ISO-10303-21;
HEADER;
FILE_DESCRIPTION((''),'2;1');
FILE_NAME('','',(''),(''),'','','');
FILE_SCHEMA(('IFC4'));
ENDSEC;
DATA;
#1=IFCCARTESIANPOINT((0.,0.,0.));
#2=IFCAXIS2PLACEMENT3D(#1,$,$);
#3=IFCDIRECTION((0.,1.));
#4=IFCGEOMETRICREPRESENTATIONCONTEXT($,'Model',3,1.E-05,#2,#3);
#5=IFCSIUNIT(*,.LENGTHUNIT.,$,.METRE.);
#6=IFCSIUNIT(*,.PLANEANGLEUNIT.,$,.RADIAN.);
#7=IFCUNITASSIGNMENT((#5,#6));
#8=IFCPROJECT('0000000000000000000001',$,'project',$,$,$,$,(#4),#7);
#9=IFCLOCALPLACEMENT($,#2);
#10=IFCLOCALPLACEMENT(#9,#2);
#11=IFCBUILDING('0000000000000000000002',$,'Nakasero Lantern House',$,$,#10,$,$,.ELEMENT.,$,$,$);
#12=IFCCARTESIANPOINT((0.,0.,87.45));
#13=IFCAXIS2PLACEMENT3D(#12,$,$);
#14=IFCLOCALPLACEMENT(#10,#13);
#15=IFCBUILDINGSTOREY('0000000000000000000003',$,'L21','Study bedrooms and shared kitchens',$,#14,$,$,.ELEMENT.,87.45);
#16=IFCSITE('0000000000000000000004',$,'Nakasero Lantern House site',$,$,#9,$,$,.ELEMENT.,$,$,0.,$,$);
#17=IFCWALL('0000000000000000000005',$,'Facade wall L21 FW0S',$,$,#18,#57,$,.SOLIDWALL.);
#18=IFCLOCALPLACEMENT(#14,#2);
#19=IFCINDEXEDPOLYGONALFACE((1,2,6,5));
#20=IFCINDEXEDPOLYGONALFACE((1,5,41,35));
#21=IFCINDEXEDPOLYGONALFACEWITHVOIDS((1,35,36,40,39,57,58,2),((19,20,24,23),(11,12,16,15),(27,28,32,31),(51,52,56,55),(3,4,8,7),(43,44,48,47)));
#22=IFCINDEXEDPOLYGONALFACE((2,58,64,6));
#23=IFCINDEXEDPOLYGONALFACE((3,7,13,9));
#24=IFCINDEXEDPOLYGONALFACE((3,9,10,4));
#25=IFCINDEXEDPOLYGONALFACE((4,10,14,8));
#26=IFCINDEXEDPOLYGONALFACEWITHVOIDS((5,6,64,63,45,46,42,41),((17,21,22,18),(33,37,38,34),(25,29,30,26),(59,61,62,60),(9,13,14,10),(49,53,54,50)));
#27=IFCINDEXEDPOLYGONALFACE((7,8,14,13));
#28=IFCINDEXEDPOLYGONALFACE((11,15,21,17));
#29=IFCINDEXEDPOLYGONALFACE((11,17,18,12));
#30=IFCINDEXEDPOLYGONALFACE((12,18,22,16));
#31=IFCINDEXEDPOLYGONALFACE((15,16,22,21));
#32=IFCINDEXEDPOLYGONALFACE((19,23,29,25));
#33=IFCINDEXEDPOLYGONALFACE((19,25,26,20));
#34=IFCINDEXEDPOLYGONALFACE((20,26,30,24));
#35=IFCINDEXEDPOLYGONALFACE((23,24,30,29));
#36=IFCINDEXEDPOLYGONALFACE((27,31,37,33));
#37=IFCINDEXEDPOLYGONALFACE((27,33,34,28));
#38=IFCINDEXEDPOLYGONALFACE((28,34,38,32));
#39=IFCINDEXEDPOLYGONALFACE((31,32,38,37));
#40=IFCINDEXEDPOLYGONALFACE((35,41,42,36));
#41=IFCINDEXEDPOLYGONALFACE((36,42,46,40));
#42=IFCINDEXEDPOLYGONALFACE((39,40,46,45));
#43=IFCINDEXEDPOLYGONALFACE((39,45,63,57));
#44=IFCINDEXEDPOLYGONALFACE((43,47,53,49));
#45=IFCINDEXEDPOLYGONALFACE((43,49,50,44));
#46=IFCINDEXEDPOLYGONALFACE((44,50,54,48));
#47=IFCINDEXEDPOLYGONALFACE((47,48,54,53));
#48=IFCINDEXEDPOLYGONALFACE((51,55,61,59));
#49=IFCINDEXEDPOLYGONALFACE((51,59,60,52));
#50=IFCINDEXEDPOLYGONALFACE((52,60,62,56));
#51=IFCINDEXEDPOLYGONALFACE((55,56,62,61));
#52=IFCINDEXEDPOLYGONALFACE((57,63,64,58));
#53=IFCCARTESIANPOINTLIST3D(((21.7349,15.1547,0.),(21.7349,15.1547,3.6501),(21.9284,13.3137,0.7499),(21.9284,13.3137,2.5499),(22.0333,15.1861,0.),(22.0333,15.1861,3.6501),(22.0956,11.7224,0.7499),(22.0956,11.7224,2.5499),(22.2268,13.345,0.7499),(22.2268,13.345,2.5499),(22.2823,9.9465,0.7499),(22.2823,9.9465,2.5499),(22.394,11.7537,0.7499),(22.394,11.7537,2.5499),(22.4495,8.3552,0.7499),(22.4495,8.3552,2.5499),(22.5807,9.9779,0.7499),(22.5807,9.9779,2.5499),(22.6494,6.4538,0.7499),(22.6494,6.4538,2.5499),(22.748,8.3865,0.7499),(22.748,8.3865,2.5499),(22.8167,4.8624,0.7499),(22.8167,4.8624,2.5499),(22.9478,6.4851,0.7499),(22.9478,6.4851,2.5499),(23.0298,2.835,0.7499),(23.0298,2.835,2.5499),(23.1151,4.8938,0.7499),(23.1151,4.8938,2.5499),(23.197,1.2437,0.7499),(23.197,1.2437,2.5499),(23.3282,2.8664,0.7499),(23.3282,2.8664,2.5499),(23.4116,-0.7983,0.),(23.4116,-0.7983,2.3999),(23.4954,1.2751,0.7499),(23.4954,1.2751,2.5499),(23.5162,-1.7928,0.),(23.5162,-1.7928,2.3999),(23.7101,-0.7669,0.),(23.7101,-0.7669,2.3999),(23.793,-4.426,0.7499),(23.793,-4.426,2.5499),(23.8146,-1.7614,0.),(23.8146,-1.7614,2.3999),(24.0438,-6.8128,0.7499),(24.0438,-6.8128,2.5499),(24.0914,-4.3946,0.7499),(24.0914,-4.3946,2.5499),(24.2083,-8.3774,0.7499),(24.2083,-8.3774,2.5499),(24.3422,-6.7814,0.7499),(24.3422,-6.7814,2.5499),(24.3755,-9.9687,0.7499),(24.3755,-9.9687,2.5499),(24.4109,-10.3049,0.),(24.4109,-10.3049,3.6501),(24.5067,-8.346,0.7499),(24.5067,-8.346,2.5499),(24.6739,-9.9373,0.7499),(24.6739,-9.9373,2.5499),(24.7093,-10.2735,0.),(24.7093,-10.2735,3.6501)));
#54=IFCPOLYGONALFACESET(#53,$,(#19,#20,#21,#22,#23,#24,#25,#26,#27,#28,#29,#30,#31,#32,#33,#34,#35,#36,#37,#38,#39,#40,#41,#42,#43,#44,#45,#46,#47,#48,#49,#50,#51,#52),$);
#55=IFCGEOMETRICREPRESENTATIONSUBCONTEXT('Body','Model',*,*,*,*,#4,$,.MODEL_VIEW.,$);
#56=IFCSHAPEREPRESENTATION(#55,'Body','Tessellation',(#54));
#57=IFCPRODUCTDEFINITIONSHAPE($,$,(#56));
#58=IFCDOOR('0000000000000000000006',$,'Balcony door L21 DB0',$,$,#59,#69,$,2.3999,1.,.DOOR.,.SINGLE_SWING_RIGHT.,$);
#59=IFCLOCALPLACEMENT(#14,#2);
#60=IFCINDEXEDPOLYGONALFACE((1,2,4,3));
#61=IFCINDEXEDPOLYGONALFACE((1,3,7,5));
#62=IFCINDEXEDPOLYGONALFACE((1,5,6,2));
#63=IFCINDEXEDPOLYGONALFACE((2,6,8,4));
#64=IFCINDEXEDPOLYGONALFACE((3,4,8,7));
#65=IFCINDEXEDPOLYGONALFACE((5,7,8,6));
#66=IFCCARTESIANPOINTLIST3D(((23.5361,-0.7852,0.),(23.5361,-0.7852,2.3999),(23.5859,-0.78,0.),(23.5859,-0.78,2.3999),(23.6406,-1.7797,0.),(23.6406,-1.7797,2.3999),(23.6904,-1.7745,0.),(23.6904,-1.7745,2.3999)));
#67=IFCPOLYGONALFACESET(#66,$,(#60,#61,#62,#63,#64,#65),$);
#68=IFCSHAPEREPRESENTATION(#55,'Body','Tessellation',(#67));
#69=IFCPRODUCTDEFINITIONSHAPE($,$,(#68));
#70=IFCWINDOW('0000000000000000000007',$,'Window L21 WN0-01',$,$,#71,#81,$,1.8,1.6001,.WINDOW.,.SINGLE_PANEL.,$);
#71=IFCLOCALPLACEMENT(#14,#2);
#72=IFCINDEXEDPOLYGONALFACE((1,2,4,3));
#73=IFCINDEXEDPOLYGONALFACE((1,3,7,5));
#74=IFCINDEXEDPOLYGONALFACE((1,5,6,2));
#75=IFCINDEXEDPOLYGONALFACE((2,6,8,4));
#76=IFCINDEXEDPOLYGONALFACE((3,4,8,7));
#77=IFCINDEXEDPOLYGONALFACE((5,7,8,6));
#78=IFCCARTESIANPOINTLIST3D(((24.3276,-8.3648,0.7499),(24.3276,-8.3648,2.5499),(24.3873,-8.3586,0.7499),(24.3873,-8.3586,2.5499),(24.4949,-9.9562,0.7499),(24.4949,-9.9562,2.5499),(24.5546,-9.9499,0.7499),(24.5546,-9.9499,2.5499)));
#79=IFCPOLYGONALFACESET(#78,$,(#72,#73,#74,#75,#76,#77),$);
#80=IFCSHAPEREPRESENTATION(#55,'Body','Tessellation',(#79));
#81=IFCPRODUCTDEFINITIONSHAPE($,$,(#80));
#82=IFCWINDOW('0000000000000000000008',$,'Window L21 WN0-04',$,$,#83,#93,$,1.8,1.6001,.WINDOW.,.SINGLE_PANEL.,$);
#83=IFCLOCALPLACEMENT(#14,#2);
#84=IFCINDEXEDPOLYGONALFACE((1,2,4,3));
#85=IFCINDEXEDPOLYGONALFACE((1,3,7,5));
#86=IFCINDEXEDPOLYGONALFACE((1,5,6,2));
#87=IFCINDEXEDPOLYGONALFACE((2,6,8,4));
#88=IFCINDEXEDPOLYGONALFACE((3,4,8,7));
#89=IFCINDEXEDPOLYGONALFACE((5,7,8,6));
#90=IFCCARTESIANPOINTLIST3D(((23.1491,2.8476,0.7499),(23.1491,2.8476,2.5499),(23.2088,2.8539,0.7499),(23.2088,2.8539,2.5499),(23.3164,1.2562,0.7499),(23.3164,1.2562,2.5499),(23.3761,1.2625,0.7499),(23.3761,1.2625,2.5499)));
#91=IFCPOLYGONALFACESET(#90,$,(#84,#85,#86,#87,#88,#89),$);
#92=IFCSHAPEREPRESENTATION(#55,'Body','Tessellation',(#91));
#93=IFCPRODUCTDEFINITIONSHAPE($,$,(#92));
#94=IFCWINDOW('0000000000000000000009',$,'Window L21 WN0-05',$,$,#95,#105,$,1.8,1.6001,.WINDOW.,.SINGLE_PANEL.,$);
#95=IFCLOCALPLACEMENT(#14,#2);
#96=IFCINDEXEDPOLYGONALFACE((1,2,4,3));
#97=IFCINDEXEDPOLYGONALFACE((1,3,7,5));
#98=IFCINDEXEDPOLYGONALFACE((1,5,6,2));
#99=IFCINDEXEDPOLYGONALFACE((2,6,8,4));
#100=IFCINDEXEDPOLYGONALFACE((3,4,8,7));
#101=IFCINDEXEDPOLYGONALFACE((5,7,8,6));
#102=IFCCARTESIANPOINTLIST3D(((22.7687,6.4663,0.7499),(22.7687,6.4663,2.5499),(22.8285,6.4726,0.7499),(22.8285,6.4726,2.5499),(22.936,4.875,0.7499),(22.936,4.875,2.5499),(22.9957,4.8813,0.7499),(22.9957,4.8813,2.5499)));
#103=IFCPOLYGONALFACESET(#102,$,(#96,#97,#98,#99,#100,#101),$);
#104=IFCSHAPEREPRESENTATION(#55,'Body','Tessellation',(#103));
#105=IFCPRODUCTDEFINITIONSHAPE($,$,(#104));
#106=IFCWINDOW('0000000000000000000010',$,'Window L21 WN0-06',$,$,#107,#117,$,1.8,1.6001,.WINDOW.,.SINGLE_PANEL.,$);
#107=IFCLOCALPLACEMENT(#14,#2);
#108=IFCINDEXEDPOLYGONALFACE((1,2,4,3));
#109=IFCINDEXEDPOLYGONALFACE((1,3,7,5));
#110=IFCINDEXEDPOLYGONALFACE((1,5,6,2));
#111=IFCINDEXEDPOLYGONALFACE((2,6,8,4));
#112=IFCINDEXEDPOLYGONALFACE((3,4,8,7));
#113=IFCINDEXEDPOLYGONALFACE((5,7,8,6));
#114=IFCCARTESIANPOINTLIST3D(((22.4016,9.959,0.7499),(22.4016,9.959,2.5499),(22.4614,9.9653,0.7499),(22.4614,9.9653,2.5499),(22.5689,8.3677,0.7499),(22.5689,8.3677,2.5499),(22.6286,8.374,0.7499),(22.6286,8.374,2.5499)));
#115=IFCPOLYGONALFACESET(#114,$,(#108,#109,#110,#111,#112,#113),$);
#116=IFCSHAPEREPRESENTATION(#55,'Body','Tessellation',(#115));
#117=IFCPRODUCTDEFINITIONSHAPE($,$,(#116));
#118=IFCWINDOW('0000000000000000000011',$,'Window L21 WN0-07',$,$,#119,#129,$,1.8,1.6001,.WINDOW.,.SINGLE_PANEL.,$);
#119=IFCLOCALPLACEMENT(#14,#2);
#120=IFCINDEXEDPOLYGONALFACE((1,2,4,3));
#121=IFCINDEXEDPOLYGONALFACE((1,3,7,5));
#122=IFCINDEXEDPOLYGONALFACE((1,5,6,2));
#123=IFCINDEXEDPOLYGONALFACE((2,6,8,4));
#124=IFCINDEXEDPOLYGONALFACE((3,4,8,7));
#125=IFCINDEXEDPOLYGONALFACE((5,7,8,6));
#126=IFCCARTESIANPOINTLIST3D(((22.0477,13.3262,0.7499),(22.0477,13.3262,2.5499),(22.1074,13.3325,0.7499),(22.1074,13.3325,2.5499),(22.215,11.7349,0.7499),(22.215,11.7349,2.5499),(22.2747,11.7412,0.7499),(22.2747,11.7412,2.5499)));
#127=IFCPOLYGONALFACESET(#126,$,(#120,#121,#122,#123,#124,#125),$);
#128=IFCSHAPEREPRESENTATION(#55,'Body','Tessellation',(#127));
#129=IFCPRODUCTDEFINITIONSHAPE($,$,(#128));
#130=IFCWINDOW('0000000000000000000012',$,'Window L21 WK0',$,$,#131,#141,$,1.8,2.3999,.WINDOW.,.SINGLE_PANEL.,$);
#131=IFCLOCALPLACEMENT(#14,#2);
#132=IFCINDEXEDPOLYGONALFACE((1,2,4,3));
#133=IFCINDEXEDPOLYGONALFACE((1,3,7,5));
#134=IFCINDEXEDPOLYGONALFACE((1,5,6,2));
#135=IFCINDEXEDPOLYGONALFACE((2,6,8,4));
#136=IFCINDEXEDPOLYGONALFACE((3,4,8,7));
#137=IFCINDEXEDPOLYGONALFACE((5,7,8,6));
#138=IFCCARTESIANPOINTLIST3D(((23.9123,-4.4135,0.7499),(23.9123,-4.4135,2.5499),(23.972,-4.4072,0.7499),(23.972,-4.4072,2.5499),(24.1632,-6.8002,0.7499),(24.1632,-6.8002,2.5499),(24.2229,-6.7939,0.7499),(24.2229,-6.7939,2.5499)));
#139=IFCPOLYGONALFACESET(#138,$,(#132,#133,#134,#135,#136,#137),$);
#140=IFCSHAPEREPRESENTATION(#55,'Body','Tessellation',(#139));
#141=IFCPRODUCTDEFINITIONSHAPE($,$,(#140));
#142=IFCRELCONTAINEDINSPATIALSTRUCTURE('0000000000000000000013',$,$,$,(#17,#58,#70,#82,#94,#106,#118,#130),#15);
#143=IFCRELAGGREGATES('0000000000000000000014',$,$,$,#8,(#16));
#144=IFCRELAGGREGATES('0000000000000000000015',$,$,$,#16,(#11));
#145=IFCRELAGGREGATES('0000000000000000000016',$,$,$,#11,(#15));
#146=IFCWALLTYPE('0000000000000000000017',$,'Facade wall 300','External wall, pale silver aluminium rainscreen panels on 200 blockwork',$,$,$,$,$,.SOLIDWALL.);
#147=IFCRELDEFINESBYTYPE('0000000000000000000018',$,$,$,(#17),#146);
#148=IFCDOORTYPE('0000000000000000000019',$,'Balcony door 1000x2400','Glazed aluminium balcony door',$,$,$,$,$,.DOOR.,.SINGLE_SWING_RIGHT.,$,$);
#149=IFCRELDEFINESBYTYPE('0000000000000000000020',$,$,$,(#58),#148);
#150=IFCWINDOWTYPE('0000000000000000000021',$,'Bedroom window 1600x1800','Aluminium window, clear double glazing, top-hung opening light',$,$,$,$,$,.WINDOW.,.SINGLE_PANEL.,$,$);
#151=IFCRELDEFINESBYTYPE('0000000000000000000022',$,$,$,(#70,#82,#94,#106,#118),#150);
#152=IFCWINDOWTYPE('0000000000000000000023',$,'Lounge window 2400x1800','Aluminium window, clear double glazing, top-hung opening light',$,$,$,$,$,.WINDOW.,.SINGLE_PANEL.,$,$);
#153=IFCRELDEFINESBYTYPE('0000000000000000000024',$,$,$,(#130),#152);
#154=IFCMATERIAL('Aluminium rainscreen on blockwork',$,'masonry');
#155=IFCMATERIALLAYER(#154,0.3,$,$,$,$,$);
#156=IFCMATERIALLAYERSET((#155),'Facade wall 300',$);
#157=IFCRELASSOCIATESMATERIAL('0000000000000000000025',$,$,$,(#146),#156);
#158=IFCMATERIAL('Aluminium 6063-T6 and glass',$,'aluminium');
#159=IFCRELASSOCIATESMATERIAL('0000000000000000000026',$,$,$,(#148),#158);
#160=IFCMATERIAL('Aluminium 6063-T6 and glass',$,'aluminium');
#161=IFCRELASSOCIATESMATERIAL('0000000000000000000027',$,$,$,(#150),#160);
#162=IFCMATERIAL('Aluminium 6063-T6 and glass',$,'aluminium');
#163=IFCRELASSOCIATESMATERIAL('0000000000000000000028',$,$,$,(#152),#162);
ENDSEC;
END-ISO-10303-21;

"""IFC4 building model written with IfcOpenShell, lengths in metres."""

from ifc_helpers import new_model, si_unit, direction, frame, frame_2d, origin, place, context, subcontext, project, spatial, rectangle, extrude, material, layer, layer_set, type_object, element, fill, save


model = new_model("IFC4")

# Units and contexts
model_context = context("Model", 3, precision=1e-05, world=origin(), true_north=direction((0.0, 1.0)))
body_context = subcontext(model_context, "Body", "Model", "MODEL_VIEW")
ifc_project = project(units=[si_unit("LENGTHUNIT", "METRE"), si_unit("PLANEANGLEUNIT", "RADIAN")], contexts=[model_context])

# Site, building, storey
site_placement = place(None, origin())
site = spatial("IfcSite", under=ifc_project, at=site_placement, Name="Nakasero Lantern House site", CompositionType="ELEMENT", RefElevation=0.0)
building_placement = place(site_placement, origin())
building = spatial("IfcBuilding", under=site, at=building_placement, Name="Nakasero Lantern House", CompositionType="ELEMENT")
storey_placement = place(building_placement, frame((0.0, 0.0, 87.45)))
storey = spatial("IfcBuildingStorey", under=building, at=storey_placement, Name="L21", Description="Study bedrooms and shared kitchens", CompositionType="ELEMENT", Elevation=87.45)

# Wall, openings, door, windows
ifc_material_1 = material(Name="Aluminium rainscreen on blockwork", Category="masonry")
ifc_layer_1 = layer(ifc_material_1, 0.3)
ifc_layer_set_1 = layer_set([ifc_layer_1], Name="Facade wall 300")
wall_type_1 = type_object("IfcWallType", Name="Facade wall 300", Description="External wall, pale silver aluminium rainscreen panels on 200 blockwork", PredefinedType="SOLIDWALL", material=ifc_layer_set_1)
wall_1_placement = place(storey_placement, frame((24.5601, -10.2891, 0.0), z_axis=(0.0, 0.0, 1.0), x_axis=(-0.104532, 0.994521, 0.0)))
wall_1 = element("IfcWall", 1, at=wall_1_placement, inside=storey, type_object=wall_type_1, Name="Facade wall L21 FW0S", PredefinedType="SOLIDWALL", context=body_context, shape_type="SweptSolid", body=[
    extrude(rectangle(XDim=25.5999, YDim=0.3, at=frame_2d((12.7998, 0.0))), origin(), (0.0, 0.0, 1.0), 3.6501),
])
opening_1_placement = place(wall_1_placement, frame((0.3379, 0.0, 0.75)))
opening_1 = element("IfcOpeningElement", 2, at=opening_1_placement, cuts=wall_1, PredefinedType="OPENING", context=body_context, shape_type="SweptSolid", body=[
    extrude(rectangle(XDim=1.6001, YDim=1.8, at=frame_2d((0.8, 0.8999))), frame((0.0, 0.1699, 0.0), z_axis=(0.0, -1.0, 0.0), x_axis=(1.0, 0.0, 0.0)), (0.0, 0.0, 1.0), 0.3401),
])
opening_2_placement = place(wall_1_placement, frame((11.6121, 0.0, 0.75)))
opening_2 = element("IfcOpeningElement", 3, at=opening_2_placement, cuts=wall_1, PredefinedType="OPENING", context=body_context, shape_type="SweptSolid", body=[
    extrude(rectangle(XDim=1.6001, YDim=1.8, at=frame_2d((0.8, 0.8999))), frame((0.0, 0.1699, 0.0), z_axis=(0.0, -1.0, 0.0), x_axis=(1.0, 0.0, 0.0)), (0.0, 0.0, 1.0), 0.3401),
])
opening_3_placement = place(wall_1_placement, frame((15.2507, 0.0, 0.75)))
opening_3 = element("IfcOpeningElement", 4, at=opening_3_placement, cuts=wall_1, PredefinedType="OPENING", context=body_context, shape_type="SweptSolid", body=[
    extrude(rectangle(XDim=1.6001, YDim=1.8, at=frame_2d((0.8, 0.8999))), frame((0.0, 0.1699, 0.0), z_axis=(0.0, -1.0, 0.0), x_axis=(1.0, 0.0, 0.0)), (0.0, 0.0, 1.0), 0.3401),
])
opening_4_placement = place(wall_1_placement, frame((18.7627, 0.0, 0.75)))
opening_4 = element("IfcOpeningElement", 5, at=opening_4_placement, cuts=wall_1, PredefinedType="OPENING", context=body_context, shape_type="SweptSolid", body=[
    extrude(rectangle(XDim=1.6001, YDim=1.8, at=frame_2d((0.8, 0.8999))), frame((0.0, 0.1699, 0.0), z_axis=(0.0, -1.0, 0.0), x_axis=(1.0, 0.0, 0.0)), (0.0, 0.0, 1.0), 0.3401),
])
opening_5_placement = place(wall_1_placement, frame((22.1484, 0.0, 0.75)))
opening_5 = element("IfcOpeningElement", 6, at=opening_5_placement, cuts=wall_1, PredefinedType="OPENING", context=body_context, shape_type="SweptSolid", body=[
    extrude(rectangle(XDim=1.6001, YDim=1.8, at=frame_2d((0.8, 0.8999))), frame((0.0, 0.1699, 0.0), z_axis=(0.0, -1.0, 0.0), x_axis=(1.0, 0.0, 0.0)), (0.0, 0.0, 1.0), 0.3401),
])
opening_6_placement = place(wall_1_placement, frame((3.5112, 0.0, 0.75)))
opening_6 = element("IfcOpeningElement", 7, at=opening_6_placement, cuts=wall_1, PredefinedType="OPENING", context=body_context, shape_type="SweptSolid", body=[
    extrude(rectangle(XDim=2.3999, YDim=1.8, at=frame_2d((1.2, 0.8999))), frame((0.0, 0.1699, 0.0), z_axis=(0.0, -1.0, 0.0), x_axis=(1.0, 0.0, 0.0)), (0.0, 0.0, 1.0), 0.3401),
])
opening_7_placement = place(wall_1_placement, frame((8.5588, 0.0, 0.0)))
opening_7 = element("IfcOpeningElement", 8, at=opening_7_placement, cuts=wall_1, PredefinedType="OPENING", context=body_context, shape_type="SweptSolid", body=[
    extrude(rectangle(XDim=1.0, YDim=2.3999, at=frame_2d((0.5, 1.2))), frame((0.0, 0.1699, 0.0), z_axis=(0.0, -1.0, 0.0), x_axis=(1.0, 0.0, 0.0)), (0.0, 0.0, 1.0), 0.3401),
])
ifc_material_2 = material(Name="Aluminium 6063-T6 and glass", Category="aluminium")
door_type_1 = type_object("IfcDoorType", Name="Balcony door 1000x2400", Description="Glazed aluminium balcony door", OperationType="SINGLE_SWING_RIGHT", PredefinedType="DOOR", material=ifc_material_2)
door_1_placement = place(opening_7_placement, origin())
door_1 = element("IfcDoor", 9, at=door_1_placement, inside=storey, type_object=door_type_1, Name="Balcony door L21 DB0", OperationType="SINGLE_SWING_RIGHT", OverallHeight=2.3999, OverallWidth=1.0, PredefinedType="DOOR", context=body_context, shape_type="SweptSolid", body=[
    extrude(rectangle(XDim=1.0, YDim=2.3999, at=frame_2d((0.5, 1.2))), frame((0.0, 0.0249, 0.0), z_axis=(0.0, -1.0, 0.0), x_axis=(1.0, 0.0, 0.0)), (0.0, 0.0, 1.0), 0.05),
])
fill(opening_7, door_1)
ifc_material_3 = material(Name="Aluminium 6063-T6 and glass", Category="aluminium")
window_type_1 = type_object("IfcWindowType", Name="Bedroom window 1600x1800", Description="Aluminium window, clear double glazing, top-hung opening light", PartitioningType="SINGLE_PANEL", PredefinedType="WINDOW", material=ifc_material_3)
window_1_placement = place(opening_1_placement, origin())
window_1 = element("IfcWindow", 10, at=window_1_placement, inside=storey, type_object=window_type_1, Name="Window L21 WN0-01", OverallHeight=1.8, OverallWidth=1.6001, PartitioningType="SINGLE_PANEL", PredefinedType="WINDOW", context=body_context, shape_type="SweptSolid", body=[
    extrude(rectangle(XDim=1.6001, YDim=1.8, at=frame_2d((0.8, 0.8999))), frame((0.0, 0.03, 0.0), z_axis=(0.0, -1.0, 0.0), x_axis=(1.0, 0.0, 0.0)), (0.0, 0.0, 1.0), 0.0601),
])
fill(opening_1, window_1)
window_2_placement = place(opening_2_placement, origin())
window_2 = element("IfcWindow", 11, at=window_2_placement, inside=storey, type_object=window_type_1, Name="Window L21 WN0-04", OverallHeight=1.8, OverallWidth=1.6001, PartitioningType="SINGLE_PANEL", PredefinedType="WINDOW", context=body_context, shape_type="SweptSolid", body=[
    extrude(rectangle(XDim=1.6001, YDim=1.8, at=frame_2d((0.8, 0.8999))), frame((0.0, 0.03, 0.0), z_axis=(0.0, -1.0, 0.0), x_axis=(1.0, 0.0, 0.0)), (0.0, 0.0, 1.0), 0.0601),
])
fill(opening_2, window_2)
window_3_placement = place(opening_3_placement, origin())
window_3 = element("IfcWindow", 12, at=window_3_placement, inside=storey, type_object=window_type_1, Name="Window L21 WN0-05", OverallHeight=1.8, OverallWidth=1.6001, PartitioningType="SINGLE_PANEL", PredefinedType="WINDOW", context=body_context, shape_type="SweptSolid", body=[
    extrude(rectangle(XDim=1.6001, YDim=1.8, at=frame_2d((0.8, 0.8999))), frame((0.0, 0.03, 0.0), z_axis=(0.0, -1.0, 0.0), x_axis=(1.0, 0.0, 0.0)), (0.0, 0.0, 1.0), 0.0601),
])
fill(opening_3, window_3)
window_4_placement = place(opening_4_placement, origin())
window_4 = element("IfcWindow", 13, at=window_4_placement, inside=storey, type_object=window_type_1, Name="Window L21 WN0-06", OverallHeight=1.8, OverallWidth=1.6001, PartitioningType="SINGLE_PANEL", PredefinedType="WINDOW", context=body_context, shape_type="SweptSolid", body=[
    extrude(rectangle(XDim=1.6001, YDim=1.8, at=frame_2d((0.8, 0.8999))), frame((0.0, 0.03, 0.0), z_axis=(0.0, -1.0, 0.0), x_axis=(1.0, 0.0, 0.0)), (0.0, 0.0, 1.0), 0.0601),
])
fill(opening_4, window_4)
window_5_placement = place(opening_5_placement, origin())
window_5 = element("IfcWindow", 14, at=window_5_placement, inside=storey, type_object=window_type_1, Name="Window L21 WN0-07", OverallHeight=1.8, OverallWidth=1.6001, PartitioningType="SINGLE_PANEL", PredefinedType="WINDOW", context=body_context, shape_type="SweptSolid", body=[
    extrude(rectangle(XDim=1.6001, YDim=1.8, at=frame_2d((0.8, 0.8999))), frame((0.0, 0.03, 0.0), z_axis=(0.0, -1.0, 0.0), x_axis=(1.0, 0.0, 0.0)), (0.0, 0.0, 1.0), 0.0601),
])
fill(opening_5, window_5)
ifc_material_4 = material(Name="Aluminium 6063-T6 and glass", Category="aluminium")
window_type_2 = type_object("IfcWindowType", Name="Lounge window 2400x1800", Description="Aluminium window, clear double glazing, top-hung opening light", PartitioningType="SINGLE_PANEL", PredefinedType="WINDOW", material=ifc_material_4)
window_6_placement = place(opening_6_placement, origin())
window_6 = element("IfcWindow", 15, at=window_6_placement, inside=storey, type_object=window_type_2, Name="Window L21 WK0", OverallHeight=1.8, OverallWidth=2.3999, PartitioningType="SINGLE_PANEL", PredefinedType="WINDOW", context=body_context, shape_type="SweptSolid", body=[
    extrude(rectangle(XDim=2.3999, YDim=1.8, at=frame_2d((1.2, 0.8999))), frame((0.0, 0.03, 0.0), z_axis=(0.0, -1.0, 0.0), x_axis=(1.0, 0.0, 0.0)), (0.0, 0.0, 1.0), 0.0601),
])
fill(opening_6, window_6)

save(model, "model.ifc")
